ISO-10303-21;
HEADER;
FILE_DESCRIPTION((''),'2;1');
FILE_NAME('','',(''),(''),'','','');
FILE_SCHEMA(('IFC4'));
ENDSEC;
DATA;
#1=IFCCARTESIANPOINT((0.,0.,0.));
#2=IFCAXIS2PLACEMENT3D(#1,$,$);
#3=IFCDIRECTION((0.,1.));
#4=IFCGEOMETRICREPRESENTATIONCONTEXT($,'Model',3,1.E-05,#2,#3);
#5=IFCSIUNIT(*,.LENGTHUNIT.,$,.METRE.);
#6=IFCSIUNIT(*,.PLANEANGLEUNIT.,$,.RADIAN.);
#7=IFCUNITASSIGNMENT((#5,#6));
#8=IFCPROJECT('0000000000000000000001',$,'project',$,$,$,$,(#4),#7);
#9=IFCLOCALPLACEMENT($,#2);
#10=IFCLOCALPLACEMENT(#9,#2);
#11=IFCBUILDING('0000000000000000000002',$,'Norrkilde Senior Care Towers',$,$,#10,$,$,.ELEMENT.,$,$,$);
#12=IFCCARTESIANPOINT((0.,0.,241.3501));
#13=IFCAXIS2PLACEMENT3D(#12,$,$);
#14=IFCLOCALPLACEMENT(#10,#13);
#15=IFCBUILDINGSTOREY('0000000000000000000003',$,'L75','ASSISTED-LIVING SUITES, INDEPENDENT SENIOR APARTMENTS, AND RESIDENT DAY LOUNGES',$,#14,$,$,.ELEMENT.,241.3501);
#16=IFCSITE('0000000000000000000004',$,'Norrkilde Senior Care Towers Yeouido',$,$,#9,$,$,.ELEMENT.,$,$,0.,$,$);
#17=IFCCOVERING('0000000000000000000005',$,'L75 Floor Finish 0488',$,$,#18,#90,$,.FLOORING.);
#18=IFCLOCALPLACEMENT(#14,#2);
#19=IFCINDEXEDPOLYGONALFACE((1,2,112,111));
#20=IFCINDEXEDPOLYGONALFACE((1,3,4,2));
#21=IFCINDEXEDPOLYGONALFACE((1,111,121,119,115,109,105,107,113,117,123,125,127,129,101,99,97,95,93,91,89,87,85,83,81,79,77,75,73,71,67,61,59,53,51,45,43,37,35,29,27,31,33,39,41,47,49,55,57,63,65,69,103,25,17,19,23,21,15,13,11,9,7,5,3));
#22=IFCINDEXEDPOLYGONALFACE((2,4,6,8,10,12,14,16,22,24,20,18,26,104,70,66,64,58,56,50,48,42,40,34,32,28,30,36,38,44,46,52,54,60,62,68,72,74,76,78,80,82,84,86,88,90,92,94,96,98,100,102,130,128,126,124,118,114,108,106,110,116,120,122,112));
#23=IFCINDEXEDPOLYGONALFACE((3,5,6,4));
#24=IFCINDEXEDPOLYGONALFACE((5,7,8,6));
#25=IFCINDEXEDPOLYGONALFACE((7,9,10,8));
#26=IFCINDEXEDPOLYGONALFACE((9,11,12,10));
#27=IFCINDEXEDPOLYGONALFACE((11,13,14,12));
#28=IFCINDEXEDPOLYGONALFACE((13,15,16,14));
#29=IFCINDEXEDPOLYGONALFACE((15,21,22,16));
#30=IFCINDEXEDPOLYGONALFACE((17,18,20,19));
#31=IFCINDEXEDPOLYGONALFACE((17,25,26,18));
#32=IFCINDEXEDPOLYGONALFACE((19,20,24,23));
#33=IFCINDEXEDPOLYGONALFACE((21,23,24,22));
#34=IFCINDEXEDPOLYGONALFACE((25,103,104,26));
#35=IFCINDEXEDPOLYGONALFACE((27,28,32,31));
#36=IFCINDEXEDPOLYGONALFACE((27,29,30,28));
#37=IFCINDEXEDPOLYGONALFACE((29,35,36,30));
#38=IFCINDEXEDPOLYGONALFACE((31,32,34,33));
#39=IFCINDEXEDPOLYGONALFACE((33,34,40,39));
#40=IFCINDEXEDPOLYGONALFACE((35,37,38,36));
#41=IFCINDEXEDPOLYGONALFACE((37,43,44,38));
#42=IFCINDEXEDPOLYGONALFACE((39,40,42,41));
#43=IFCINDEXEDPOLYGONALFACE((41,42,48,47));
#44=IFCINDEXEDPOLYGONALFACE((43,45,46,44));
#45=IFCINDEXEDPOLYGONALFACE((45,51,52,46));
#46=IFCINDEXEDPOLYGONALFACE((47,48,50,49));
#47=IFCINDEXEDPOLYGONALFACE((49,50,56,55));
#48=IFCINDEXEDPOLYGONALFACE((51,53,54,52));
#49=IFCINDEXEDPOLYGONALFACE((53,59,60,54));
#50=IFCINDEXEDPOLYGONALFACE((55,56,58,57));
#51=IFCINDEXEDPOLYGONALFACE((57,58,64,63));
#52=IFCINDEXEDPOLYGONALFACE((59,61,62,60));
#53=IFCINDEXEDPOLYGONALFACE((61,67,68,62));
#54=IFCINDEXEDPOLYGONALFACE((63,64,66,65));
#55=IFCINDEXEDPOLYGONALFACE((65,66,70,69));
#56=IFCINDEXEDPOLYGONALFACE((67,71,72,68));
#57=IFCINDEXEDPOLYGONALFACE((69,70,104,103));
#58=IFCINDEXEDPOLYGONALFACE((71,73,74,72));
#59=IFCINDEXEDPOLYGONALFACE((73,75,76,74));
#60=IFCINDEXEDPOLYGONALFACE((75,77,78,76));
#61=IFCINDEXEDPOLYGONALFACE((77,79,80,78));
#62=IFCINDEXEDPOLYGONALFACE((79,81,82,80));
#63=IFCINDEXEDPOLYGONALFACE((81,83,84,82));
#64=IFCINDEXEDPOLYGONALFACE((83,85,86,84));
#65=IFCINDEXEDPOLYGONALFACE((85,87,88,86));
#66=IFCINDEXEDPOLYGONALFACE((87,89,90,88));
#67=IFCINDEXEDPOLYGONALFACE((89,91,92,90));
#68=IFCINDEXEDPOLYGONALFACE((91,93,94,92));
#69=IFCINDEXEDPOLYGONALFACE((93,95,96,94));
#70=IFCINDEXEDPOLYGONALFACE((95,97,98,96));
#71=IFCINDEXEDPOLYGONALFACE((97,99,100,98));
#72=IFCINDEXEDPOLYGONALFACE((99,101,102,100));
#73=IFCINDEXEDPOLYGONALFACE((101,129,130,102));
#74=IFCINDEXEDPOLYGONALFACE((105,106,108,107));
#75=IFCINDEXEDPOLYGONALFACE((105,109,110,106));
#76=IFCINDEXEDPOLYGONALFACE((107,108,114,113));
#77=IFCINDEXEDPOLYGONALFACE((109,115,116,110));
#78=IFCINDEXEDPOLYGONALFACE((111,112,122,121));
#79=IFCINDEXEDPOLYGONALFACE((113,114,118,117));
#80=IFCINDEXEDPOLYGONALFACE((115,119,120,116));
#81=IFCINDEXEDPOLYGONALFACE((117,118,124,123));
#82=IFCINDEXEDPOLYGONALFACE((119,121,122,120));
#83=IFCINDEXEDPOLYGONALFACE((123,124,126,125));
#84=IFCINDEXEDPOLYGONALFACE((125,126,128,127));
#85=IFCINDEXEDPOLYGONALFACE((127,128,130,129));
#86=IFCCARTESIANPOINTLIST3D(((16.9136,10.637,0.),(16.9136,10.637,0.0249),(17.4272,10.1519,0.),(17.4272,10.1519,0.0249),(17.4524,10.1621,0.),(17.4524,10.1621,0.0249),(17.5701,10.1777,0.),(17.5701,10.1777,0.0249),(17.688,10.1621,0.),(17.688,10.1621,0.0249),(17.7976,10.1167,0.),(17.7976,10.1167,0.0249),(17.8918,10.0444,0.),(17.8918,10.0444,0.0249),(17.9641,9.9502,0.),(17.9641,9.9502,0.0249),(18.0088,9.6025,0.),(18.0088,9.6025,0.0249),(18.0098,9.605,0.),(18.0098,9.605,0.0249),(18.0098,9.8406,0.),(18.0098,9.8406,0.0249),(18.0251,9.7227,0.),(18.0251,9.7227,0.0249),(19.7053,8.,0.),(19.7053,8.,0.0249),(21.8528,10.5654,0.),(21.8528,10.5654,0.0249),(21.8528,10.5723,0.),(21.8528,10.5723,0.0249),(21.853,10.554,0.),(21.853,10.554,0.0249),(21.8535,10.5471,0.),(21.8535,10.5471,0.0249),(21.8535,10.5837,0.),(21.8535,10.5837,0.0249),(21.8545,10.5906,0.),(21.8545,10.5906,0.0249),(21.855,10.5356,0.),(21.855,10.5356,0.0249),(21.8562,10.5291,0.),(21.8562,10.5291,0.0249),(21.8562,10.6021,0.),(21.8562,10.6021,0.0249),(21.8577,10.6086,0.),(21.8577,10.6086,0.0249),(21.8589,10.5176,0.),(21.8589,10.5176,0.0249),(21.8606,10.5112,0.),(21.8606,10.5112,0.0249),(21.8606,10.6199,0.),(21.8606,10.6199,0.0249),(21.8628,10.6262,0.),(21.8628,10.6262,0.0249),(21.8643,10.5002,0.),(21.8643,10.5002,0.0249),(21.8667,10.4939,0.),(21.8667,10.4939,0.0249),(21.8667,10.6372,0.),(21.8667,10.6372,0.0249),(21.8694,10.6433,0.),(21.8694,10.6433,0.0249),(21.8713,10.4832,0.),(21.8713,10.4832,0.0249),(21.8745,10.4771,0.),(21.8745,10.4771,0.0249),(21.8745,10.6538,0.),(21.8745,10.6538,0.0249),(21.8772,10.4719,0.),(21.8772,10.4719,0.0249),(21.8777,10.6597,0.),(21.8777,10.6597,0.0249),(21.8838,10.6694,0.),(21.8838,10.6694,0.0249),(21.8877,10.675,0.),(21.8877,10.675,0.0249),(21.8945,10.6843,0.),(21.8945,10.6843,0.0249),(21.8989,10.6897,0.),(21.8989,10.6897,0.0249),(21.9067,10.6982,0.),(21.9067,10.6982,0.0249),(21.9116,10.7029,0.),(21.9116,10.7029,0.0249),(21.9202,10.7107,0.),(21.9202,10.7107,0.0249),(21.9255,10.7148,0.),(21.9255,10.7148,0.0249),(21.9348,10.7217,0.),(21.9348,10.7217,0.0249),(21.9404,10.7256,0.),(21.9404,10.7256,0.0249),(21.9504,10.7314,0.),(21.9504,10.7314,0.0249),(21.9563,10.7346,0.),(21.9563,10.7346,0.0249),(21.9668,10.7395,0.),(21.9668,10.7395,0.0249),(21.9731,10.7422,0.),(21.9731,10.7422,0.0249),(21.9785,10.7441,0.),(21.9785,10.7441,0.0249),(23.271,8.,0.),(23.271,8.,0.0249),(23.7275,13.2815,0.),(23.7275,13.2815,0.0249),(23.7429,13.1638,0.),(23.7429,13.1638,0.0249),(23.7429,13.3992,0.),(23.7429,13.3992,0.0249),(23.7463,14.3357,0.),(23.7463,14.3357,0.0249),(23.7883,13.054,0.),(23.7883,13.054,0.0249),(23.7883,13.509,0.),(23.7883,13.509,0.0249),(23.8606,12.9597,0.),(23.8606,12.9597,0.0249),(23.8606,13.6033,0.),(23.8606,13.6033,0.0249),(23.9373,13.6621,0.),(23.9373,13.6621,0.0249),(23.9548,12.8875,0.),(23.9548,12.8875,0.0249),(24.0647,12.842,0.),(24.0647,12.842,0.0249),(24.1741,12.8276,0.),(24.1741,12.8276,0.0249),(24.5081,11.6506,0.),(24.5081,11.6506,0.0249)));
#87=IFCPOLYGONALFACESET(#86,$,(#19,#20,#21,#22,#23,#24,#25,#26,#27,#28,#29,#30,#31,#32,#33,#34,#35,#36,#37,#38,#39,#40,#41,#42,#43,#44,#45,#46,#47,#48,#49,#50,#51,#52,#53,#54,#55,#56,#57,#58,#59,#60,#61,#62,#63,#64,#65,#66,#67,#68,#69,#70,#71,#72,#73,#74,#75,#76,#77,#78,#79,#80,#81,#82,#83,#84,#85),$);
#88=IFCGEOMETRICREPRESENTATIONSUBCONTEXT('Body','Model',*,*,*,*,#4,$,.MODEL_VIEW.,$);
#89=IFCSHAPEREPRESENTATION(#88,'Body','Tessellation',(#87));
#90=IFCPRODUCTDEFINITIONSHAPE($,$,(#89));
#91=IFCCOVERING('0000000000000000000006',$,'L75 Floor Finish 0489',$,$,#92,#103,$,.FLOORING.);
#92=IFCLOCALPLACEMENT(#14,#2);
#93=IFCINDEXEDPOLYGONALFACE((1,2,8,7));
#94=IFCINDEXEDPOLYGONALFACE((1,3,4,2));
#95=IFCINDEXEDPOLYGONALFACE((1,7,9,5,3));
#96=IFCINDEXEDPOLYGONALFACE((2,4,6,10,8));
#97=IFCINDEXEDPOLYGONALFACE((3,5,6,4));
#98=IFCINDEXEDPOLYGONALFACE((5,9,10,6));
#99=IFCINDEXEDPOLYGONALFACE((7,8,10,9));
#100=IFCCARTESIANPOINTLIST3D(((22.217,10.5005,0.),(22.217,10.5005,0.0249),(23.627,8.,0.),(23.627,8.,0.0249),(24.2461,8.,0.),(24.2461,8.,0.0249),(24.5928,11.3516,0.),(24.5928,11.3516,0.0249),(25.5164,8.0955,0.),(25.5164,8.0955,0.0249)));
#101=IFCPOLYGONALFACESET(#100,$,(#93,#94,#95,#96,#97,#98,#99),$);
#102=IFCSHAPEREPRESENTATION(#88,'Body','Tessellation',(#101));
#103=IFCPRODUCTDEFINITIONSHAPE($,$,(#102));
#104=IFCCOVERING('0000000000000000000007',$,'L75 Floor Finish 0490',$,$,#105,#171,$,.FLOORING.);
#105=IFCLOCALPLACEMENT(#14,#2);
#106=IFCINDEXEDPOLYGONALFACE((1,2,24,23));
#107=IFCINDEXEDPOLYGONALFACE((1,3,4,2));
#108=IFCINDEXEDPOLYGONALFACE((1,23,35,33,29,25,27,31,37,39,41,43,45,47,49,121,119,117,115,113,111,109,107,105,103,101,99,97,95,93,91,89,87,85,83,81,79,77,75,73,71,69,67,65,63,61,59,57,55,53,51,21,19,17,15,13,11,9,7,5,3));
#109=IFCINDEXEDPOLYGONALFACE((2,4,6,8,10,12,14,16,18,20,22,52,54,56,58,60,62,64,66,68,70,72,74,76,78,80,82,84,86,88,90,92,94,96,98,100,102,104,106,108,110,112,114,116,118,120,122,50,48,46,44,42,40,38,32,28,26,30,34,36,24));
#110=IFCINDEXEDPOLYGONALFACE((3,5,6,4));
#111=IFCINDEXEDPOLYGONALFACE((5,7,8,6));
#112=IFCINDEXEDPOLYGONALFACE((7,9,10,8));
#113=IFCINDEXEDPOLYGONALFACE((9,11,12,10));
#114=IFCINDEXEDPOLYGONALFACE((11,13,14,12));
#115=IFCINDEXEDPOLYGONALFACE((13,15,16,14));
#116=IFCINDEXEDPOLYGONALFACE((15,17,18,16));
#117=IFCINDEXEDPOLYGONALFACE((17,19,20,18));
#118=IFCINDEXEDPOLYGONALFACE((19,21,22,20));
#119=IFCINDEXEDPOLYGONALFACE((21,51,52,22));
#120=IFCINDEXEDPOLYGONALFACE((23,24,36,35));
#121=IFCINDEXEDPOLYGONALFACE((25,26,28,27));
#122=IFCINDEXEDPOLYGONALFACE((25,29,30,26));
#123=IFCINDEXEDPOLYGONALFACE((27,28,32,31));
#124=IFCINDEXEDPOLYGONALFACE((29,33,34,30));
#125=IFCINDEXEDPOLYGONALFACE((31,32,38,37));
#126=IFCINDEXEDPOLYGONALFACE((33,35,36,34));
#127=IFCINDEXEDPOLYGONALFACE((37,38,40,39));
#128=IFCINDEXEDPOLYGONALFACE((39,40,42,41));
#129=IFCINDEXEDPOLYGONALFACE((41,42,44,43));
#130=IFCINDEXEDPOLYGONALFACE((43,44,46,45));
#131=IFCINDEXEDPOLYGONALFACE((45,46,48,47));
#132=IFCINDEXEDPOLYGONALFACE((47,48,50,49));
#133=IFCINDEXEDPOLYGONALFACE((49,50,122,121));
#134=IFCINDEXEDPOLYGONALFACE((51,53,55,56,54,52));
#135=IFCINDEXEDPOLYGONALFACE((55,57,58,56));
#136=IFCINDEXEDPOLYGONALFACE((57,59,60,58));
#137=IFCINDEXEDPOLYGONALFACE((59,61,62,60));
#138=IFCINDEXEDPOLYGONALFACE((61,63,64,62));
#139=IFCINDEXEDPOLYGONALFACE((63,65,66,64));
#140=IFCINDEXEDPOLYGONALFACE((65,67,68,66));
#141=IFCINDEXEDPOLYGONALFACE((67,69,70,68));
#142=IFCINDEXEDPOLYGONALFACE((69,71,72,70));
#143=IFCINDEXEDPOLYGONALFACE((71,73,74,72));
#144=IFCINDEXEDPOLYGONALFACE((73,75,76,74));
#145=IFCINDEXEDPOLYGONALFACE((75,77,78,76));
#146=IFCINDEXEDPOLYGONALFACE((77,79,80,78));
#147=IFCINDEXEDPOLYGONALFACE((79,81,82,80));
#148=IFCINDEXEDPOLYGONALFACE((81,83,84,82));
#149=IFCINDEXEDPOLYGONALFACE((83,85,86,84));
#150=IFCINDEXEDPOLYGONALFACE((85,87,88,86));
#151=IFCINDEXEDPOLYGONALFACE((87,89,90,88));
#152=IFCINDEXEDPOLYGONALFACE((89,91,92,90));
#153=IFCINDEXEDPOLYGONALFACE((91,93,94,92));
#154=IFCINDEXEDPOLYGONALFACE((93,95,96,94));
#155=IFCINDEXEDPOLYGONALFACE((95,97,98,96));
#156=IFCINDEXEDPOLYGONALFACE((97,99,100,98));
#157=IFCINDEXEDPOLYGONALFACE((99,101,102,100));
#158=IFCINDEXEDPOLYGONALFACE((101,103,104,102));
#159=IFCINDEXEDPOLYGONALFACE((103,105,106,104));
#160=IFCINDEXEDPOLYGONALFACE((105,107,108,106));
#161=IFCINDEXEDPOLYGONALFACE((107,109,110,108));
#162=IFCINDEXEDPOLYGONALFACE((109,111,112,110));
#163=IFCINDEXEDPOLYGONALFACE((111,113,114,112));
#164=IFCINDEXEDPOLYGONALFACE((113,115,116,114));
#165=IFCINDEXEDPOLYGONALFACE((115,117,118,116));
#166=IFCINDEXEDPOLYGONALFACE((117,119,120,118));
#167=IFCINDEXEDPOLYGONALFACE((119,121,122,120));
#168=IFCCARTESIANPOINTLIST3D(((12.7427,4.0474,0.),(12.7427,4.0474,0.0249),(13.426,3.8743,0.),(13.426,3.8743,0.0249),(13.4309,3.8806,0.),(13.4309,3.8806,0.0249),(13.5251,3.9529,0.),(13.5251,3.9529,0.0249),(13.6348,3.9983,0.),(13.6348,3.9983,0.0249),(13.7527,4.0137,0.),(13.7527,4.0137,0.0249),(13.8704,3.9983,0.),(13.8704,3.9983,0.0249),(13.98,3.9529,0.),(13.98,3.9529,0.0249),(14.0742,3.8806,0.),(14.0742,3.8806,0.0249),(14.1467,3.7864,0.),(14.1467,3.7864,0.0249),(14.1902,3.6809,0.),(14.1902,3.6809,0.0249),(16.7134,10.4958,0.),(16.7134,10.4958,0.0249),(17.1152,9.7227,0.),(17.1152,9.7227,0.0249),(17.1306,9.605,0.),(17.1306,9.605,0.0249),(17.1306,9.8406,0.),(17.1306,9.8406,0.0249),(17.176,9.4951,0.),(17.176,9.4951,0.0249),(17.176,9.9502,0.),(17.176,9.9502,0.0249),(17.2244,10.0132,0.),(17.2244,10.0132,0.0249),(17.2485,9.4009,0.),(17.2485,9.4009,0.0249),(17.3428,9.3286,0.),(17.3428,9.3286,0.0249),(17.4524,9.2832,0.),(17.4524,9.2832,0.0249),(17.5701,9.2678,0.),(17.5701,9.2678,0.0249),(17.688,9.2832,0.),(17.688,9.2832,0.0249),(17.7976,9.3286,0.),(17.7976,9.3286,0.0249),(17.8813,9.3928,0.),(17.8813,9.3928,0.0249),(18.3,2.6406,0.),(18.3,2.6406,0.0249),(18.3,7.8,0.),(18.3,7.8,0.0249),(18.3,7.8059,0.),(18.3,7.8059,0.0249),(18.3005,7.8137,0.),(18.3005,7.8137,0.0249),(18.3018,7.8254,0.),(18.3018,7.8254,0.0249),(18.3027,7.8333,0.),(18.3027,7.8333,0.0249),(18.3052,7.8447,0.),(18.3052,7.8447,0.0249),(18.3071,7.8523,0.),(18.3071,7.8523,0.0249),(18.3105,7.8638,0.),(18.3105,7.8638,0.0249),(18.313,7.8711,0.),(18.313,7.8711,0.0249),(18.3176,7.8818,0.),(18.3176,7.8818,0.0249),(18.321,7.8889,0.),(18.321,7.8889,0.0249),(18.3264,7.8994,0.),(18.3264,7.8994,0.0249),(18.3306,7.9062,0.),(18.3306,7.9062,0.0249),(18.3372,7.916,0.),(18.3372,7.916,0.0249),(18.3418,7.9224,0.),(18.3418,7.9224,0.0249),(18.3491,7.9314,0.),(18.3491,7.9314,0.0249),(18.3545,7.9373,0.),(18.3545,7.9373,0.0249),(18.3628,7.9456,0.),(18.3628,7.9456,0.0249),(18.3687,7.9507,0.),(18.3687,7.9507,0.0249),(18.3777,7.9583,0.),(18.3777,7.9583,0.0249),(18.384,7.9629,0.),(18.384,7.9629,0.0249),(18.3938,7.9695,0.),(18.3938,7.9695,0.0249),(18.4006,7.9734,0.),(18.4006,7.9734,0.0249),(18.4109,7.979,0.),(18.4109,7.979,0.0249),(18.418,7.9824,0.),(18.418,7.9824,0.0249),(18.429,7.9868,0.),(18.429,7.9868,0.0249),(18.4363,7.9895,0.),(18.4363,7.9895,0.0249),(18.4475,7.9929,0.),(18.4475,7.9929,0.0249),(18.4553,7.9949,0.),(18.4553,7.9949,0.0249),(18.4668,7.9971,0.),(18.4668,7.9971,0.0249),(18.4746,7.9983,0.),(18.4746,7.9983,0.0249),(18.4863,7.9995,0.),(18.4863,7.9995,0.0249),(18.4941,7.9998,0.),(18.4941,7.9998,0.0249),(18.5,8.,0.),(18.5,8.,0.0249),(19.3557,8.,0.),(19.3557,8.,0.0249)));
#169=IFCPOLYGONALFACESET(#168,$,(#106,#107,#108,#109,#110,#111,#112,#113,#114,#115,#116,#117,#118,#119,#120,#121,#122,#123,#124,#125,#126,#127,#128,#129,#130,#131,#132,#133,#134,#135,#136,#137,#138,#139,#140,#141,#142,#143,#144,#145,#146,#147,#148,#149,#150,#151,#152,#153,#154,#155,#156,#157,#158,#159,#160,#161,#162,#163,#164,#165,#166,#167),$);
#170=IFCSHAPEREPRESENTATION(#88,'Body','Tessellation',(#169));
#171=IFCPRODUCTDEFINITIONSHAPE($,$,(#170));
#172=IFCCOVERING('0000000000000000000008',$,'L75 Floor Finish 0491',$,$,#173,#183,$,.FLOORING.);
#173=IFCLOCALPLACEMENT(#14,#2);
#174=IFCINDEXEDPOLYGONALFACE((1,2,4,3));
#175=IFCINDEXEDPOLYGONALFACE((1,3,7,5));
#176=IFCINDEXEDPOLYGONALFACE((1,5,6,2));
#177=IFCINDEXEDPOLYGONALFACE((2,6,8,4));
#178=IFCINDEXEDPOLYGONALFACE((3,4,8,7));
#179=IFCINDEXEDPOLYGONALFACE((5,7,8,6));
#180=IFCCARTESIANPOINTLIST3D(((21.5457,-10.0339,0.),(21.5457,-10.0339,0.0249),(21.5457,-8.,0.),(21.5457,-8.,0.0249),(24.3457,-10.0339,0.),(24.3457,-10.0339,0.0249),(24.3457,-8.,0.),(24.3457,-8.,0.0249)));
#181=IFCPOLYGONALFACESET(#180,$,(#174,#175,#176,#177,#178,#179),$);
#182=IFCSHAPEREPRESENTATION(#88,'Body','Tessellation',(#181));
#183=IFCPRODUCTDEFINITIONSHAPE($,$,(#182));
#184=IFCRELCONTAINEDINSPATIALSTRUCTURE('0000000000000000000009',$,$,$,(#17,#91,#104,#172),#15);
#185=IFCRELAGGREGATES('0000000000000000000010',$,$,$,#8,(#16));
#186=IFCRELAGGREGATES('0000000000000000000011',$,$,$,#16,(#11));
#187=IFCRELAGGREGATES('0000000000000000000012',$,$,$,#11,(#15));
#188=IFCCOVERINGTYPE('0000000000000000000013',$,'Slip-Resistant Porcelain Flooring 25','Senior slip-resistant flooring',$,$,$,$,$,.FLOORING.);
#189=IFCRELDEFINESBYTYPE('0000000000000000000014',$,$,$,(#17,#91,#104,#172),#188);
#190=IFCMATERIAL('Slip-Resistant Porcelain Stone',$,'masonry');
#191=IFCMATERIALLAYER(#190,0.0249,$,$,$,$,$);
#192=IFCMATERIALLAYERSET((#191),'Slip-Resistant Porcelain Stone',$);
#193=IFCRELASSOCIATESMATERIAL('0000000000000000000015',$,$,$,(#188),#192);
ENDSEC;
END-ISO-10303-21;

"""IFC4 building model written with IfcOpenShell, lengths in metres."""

from ifc_helpers import new_model, si_unit, direction, frame, origin, place, context, subcontext, project, spatial, polyline, outline, extrude, material, layer, layer_set, type_object, element, save


model = new_model("IFC4")

# Units and contexts
model_context = context("Model", 3, precision=1e-05, world=origin(), true_north=direction((0.0, 1.0)))
body_context = subcontext(model_context, "Body", "Model", "MODEL_VIEW")
ifc_project = project(units=[si_unit("LENGTHUNIT", "METRE"), si_unit("PLANEANGLEUNIT", "RADIAN")], contexts=[model_context])

# Site, building, storey
site_placement = place(None, origin())
site = spatial("IfcSite", under=ifc_project, at=site_placement, Name="Norrkilde Senior Care Towers Yeouido", CompositionType="ELEMENT", RefElevation=0.0)
building_placement = place(site_placement, origin())
building = spatial("IfcBuilding", under=site, at=building_placement, Name="Norrkilde Senior Care Towers", CompositionType="ELEMENT")
storey_placement = place(building_placement, frame((0.0, 0.0, 241.3501)))
storey = spatial("IfcBuildingStorey", under=building, at=storey_placement, Name="L75", Description="ASSISTED-LIVING SUITES, INDEPENDENT SENIOR APARTMENTS, AND RESIDENT DAY LOUNGES", CompositionType="ELEMENT", Elevation=241.3501)

# Coverings
ifc_material_1 = material(Name="Slip-Resistant Porcelain Stone", Category="masonry")
ifc_layer_1 = layer(ifc_material_1, 0.0249)
ifc_layer_set_1 = layer_set([ifc_layer_1], Name="Slip-Resistant Porcelain Stone")
covering_type_1 = type_object("IfcCoveringType", Name="Slip-Resistant Porcelain Flooring 25", Description="Senior slip-resistant flooring", PredefinedType="FLOORING", material=ifc_layer_set_1)
covering_1_placement = place(storey_placement, origin())
element("IfcCovering", 1, at=covering_1_placement, inside=storey, type_object=covering_type_1, Name="L75 Floor Finish 0488", PredefinedType="FLOORING", context=body_context, shape_type="SweptSolid", body=[
    extrude(outline(polyline([(21.9404, 10.7256), (21.9348, 10.7217), (21.9255, 10.7148), (21.9202, 10.7107), (21.9116, 10.7029), (21.9067, 10.6982), (21.8989, 10.6897), (21.8945, 10.6843), (21.8877, 10.675), (21.8838, 10.6694), (21.8777, 10.6597), (21.8745, 10.6538), (21.8694, 10.6433), (21.8667, 10.6372), (21.8628, 10.6262), (21.8606, 10.6199), (21.8577, 10.6086), (21.8562, 10.6021), (21.8545, 10.5906), (21.8535, 10.5837), (21.8528, 10.5723), (21.8528, 10.5654), (21.853, 10.554), (21.8535, 10.5471), (21.855, 10.5356), (21.8562, 10.5291), (21.8589, 10.5176), (21.8606, 10.5112), (21.8643, 10.5002), (21.8667, 10.4939), (21.8713, 10.4832), (21.8745, 10.4771), (21.8772, 10.4719), (23.271, 8.0), (19.7053, 8.0), (18.0088, 9.6025), (18.0098, 9.605), (18.0251, 9.7227), (18.0098, 9.8406), (17.9641, 9.9502), (17.8918, 10.0444), (17.7976, 10.1167), (17.688, 10.1621), (17.5701, 10.1777), (17.4524, 10.1621), (17.4272, 10.1519), (16.9136, 10.637), (23.7463, 14.3357), (23.9373, 13.6621), (23.8606, 13.6033), (23.7883, 13.509), (23.7429, 13.3992), (23.7275, 13.2815), (23.7429, 13.1638), (23.7883, 13.054), (23.8606, 12.9597), (23.9548, 12.8875), (24.0647, 12.842), (24.1741, 12.8276), (24.5081, 11.6506), (21.9785, 10.7441), (21.9731, 10.7422), (21.9668, 10.7395), (21.9563, 10.7346), (21.9504, 10.7314), (21.9404, 10.7256)])), origin(), (0.0, 0.0, 1.0), 0.0249),
])
covering_2_placement = place(storey_placement, origin())
element("IfcCovering", 2, at=covering_2_placement, inside=storey, type_object=covering_type_1, Name="L75 Floor Finish 0489", PredefinedType="FLOORING", context=body_context, shape_type="SweptSolid", body=[
    extrude(outline(polyline([(22.217, 10.5005), (24.5928, 11.3516), (25.5164, 8.0955), (24.2461, 8.0), (23.627, 8.0), (22.217, 10.5005)])), origin(), (0.0, 0.0, 1.0), 0.0249),
])
covering_3_placement = place(storey_placement, origin())
element("IfcCovering", 3, at=covering_3_placement, inside=storey, type_object=covering_type_1, Name="L75 Floor Finish 0490", PredefinedType="FLOORING", context=body_context, shape_type="SweptSolid", body=[
    extrude(outline(polyline([(18.4553, 7.9949), (18.4475, 7.9929), (18.4363, 7.9895), (18.429, 7.9868), (18.418, 7.9824), (18.4109, 7.979), (18.4006, 7.9734), (18.3938, 7.9695), (18.384, 7.9629), (18.3777, 7.9583), (18.3687, 7.9507), (18.3628, 7.9456), (18.3545, 7.9373), (18.3491, 7.9314), (18.3418, 7.9224), (18.3372, 7.916), (18.3306, 7.9062), (18.3264, 7.8994), (18.321, 7.8889), (18.3176, 7.8818), (18.313, 7.8711), (18.3105, 7.8638), (18.3071, 7.8523), (18.3052, 7.8447), (18.3027, 7.8333), (18.3018, 7.8254), (18.3005, 7.8137), (18.3, 7.8059), (18.3, 7.8), (18.3, 2.6406), (14.1902, 3.6809), (14.1467, 3.7864), (14.0742, 3.8806), (13.98, 3.9529), (13.8704, 3.9983), (13.7527, 4.0137), (13.6348, 3.9983), (13.5251, 3.9529), (13.4309, 3.8806), (13.426, 3.8743), (12.7427, 4.0474), (16.7134, 10.4958), (17.2244, 10.0132), (17.176, 9.9502), (17.1306, 9.8406), (17.1152, 9.7227), (17.1306, 9.605), (17.176, 9.4951), (17.2485, 9.4009), (17.3428, 9.3286), (17.4524, 9.2832), (17.5701, 9.2678), (17.688, 9.2832), (17.7976, 9.3286), (17.8813, 9.3928), (19.3557, 8.0), (18.5, 8.0), (18.4941, 7.9998), (18.4863, 7.9995), (18.4746, 7.9983), (18.4668, 7.9971), (18.4553, 7.9949)])), origin(), (0.0, 0.0, 1.0), 0.0249),
])
covering_4_placement = place(storey_placement, origin())
element("IfcCovering", 4, at=covering_4_placement, inside=storey, type_object=covering_type_1, Name="L75 Floor Finish 0491", PredefinedType="FLOORING", context=body_context, shape_type="SweptSolid", body=[
    extrude(outline(polyline([(24.3457, -10.0339), (21.5457, -10.0339), (21.5457, -8.0), (24.3457, -8.0), (24.3457, -10.0339)])), origin(), (0.0, 0.0, 1.0), 0.0249),
])

save(model, "model.ifc")
